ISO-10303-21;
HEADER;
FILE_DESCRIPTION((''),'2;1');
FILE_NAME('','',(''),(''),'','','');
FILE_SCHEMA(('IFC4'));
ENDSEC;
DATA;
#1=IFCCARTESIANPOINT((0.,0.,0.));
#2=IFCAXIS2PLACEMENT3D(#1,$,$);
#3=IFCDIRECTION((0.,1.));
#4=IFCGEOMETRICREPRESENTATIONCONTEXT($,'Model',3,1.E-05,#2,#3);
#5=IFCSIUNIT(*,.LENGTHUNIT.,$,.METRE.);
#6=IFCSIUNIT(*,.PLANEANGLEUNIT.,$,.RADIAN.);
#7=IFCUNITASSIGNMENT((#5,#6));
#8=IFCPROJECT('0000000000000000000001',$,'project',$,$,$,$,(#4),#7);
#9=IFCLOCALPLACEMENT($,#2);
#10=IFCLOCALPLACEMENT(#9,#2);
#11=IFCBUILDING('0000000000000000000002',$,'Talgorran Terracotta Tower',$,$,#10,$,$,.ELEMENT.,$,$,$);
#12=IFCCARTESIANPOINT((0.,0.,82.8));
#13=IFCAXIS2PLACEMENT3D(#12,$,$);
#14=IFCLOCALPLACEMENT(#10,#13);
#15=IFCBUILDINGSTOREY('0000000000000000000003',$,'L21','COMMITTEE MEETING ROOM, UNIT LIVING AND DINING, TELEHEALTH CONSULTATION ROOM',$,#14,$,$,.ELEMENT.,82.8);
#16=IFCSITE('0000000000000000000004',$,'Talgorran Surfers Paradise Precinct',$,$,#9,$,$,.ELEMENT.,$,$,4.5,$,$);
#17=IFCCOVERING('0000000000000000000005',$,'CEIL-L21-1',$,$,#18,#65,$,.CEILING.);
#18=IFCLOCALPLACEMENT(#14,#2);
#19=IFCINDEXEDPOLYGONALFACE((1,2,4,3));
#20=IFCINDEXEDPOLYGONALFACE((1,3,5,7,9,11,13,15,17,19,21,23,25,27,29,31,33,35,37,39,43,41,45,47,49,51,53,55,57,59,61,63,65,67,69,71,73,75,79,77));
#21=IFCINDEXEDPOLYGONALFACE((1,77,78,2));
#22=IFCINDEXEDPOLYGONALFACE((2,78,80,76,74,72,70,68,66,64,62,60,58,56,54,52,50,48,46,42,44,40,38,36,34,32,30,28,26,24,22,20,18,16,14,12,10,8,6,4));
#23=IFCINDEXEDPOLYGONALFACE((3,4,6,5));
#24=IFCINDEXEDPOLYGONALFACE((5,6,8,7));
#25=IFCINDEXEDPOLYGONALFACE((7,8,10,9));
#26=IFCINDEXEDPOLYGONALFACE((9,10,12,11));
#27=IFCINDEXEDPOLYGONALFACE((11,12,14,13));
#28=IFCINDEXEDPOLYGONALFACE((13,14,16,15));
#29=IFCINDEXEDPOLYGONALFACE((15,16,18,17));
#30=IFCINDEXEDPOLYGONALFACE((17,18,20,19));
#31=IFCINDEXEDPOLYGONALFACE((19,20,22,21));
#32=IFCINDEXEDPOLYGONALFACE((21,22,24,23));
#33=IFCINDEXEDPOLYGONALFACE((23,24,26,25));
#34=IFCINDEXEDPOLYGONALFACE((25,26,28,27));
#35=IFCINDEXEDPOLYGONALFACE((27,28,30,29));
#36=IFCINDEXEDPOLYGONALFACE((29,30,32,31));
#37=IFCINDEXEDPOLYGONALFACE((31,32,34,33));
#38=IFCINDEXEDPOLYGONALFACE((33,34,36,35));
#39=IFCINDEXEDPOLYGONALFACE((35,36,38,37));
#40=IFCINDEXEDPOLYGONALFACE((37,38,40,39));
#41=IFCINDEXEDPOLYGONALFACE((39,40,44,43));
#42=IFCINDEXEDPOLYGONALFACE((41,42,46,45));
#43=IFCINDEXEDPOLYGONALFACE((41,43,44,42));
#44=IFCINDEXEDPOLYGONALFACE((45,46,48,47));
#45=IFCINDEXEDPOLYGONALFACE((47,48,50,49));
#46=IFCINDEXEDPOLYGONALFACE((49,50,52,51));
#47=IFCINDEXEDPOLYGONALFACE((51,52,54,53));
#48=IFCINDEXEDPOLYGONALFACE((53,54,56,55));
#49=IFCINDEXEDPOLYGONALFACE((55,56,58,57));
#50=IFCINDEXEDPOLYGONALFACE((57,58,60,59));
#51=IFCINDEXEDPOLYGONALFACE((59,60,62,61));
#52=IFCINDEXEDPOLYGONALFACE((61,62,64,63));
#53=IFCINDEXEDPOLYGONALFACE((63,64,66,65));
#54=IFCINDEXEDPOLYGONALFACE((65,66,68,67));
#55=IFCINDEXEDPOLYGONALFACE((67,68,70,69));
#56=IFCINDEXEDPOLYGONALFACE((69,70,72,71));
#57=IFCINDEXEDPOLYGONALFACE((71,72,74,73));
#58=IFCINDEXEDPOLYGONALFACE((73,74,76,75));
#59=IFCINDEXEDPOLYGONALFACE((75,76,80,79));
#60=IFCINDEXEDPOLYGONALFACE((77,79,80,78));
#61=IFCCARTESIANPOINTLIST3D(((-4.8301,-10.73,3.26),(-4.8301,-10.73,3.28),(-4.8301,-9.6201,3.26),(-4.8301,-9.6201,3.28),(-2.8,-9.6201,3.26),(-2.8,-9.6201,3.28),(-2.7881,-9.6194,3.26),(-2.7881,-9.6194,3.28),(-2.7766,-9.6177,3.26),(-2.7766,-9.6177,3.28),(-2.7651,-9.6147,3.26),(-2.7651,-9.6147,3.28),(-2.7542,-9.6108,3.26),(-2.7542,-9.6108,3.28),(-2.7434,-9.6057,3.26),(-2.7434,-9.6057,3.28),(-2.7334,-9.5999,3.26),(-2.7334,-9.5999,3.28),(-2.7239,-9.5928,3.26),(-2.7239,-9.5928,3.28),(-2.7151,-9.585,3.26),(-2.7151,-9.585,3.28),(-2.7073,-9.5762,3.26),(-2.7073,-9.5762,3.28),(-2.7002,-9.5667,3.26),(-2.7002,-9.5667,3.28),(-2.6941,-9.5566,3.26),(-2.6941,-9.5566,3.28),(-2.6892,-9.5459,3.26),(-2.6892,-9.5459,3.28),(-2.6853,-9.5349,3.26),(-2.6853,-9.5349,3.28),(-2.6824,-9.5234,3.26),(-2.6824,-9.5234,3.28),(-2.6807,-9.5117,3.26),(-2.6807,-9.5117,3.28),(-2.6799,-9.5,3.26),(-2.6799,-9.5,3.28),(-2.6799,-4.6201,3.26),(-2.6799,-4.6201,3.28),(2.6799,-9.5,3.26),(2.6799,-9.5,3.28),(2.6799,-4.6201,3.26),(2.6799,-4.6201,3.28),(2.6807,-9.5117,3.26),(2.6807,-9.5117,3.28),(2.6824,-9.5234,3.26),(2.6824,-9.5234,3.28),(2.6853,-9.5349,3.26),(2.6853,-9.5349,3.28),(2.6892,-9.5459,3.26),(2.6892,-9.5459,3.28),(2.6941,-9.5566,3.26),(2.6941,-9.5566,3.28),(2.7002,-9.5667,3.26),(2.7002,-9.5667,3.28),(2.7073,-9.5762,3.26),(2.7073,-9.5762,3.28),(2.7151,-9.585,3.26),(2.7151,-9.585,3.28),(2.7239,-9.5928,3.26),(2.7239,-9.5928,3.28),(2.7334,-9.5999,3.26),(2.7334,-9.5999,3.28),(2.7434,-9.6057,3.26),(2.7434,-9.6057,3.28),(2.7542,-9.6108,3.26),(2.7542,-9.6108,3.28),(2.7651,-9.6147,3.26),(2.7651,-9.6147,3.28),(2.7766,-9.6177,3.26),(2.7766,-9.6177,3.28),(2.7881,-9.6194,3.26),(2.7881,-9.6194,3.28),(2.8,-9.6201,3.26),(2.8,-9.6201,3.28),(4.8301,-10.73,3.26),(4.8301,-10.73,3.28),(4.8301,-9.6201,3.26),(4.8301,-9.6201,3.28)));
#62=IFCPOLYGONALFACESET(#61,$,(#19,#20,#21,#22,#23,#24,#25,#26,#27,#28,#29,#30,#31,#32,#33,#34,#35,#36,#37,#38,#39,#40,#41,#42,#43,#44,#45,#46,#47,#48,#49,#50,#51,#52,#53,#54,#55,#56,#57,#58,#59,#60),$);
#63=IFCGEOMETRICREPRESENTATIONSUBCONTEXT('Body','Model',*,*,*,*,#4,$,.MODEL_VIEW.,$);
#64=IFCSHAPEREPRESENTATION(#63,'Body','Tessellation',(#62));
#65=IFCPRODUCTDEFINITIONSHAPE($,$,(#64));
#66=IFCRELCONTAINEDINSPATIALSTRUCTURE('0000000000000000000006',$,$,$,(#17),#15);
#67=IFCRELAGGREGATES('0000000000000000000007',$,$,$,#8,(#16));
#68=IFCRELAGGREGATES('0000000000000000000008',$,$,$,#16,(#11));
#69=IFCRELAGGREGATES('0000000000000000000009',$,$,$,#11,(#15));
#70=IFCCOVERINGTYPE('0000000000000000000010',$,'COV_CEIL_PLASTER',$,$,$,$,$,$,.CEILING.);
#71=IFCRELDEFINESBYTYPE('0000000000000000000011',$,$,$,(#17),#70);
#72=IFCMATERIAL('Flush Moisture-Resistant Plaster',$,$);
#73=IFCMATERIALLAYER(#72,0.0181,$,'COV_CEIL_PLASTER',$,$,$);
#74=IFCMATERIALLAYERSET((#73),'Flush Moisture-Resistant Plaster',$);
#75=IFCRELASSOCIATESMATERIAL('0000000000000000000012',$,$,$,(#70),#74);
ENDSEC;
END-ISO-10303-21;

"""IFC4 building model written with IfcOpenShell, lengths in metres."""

from ifc_helpers import new_model, si_unit, direction, frame, origin, place, context, subcontext, project, spatial, polyline, outline, extrude, material, layer, layer_set, type_object, element, save


model = new_model("IFC4")

# Units and contexts
model_context = context("Model", 3, precision=1e-05, world=origin(), true_north=direction((0.0, 1.0)))
body_context = subcontext(model_context, "Body", "Model", "MODEL_VIEW")
ifc_project = project(units=[si_unit("LENGTHUNIT", "METRE"), si_unit("PLANEANGLEUNIT", "RADIAN")], contexts=[model_context])

# Site, building, storey
site_placement = place(None, origin())
site = spatial("IfcSite", under=ifc_project, at=site_placement, Name="Talgorran Surfers Paradise Precinct", CompositionType="ELEMENT", RefElevation=4.5)
building_placement = place(site_placement, origin())
building = spatial("IfcBuilding", under=site, at=building_placement, Name="Talgorran Terracotta Tower", CompositionType="ELEMENT")
storey_placement = place(building_placement, frame((0.0, 0.0, 82.8)))
storey = spatial("IfcBuildingStorey", under=building, at=storey_placement, Name="L21", Description="COMMITTEE MEETING ROOM, UNIT LIVING AND DINING, TELEHEALTH CONSULTATION ROOM", CompositionType="ELEMENT", Elevation=82.8)

# Covering
ifc_material_1 = material(Name="Flush Moisture-Resistant Plaster")
ifc_layer_1 = layer(ifc_material_1, 0.0181, Name="COV_CEIL_PLASTER")
ifc_layer_set_1 = layer_set([ifc_layer_1], Name="Flush Moisture-Resistant Plaster")
covering_type_1 = type_object("IfcCoveringType", Name="COV_CEIL_PLASTER", PredefinedType="CEILING", material=ifc_layer_set_1)
covering_1_placement = place(storey_placement, frame((0.0, 0.0, 3.26)))
element("IfcCovering", 1, at=covering_1_placement, inside=storey, type_object=covering_type_1, Name="CEIL-L21-1", PredefinedType="CEILING", context=body_context, shape_type="SweptSolid", body=[
    extrude(outline(polyline([(-4.8301, -9.6201), (-2.8, -9.6201), (-2.7881, -9.6194), (-2.7766, -9.6177), (-2.7651, -9.6147), (-2.7542, -9.6108), (-2.7434, -9.6057), (-2.7334, -9.5999), (-2.7239, -9.5928), (-2.7151, -9.585), (-2.7073, -9.5762), (-2.7002, -9.5667), (-2.6941, -9.5566), (-2.6892, -9.5459), (-2.6853, -9.5349), (-2.6824, -9.5234), (-2.6807, -9.5117), (-2.6799, -9.5), (-2.6799, -4.6201), (2.6799, -4.6201), (2.6799, -9.5), (2.6807, -9.5117), (2.6824, -9.5234), (2.6853, -9.5349), (2.6892, -9.5459), (2.6941, -9.5566), (2.7002, -9.5667), (2.7073, -9.5762), (2.7151, -9.585), (2.7239, -9.5928), (2.7334, -9.5999), (2.7434, -9.6057), (2.7542, -9.6108), (2.7651, -9.6147), (2.7766, -9.6177), (2.7881, -9.6194), (2.8, -9.6201), (4.8301, -9.6201), (4.8301, -10.73), (-4.8301, -10.73), (-4.8301, -9.6201)])), origin(), (0.0, 0.0, 1.0), 0.02),
])

save(model, "model.ifc")
